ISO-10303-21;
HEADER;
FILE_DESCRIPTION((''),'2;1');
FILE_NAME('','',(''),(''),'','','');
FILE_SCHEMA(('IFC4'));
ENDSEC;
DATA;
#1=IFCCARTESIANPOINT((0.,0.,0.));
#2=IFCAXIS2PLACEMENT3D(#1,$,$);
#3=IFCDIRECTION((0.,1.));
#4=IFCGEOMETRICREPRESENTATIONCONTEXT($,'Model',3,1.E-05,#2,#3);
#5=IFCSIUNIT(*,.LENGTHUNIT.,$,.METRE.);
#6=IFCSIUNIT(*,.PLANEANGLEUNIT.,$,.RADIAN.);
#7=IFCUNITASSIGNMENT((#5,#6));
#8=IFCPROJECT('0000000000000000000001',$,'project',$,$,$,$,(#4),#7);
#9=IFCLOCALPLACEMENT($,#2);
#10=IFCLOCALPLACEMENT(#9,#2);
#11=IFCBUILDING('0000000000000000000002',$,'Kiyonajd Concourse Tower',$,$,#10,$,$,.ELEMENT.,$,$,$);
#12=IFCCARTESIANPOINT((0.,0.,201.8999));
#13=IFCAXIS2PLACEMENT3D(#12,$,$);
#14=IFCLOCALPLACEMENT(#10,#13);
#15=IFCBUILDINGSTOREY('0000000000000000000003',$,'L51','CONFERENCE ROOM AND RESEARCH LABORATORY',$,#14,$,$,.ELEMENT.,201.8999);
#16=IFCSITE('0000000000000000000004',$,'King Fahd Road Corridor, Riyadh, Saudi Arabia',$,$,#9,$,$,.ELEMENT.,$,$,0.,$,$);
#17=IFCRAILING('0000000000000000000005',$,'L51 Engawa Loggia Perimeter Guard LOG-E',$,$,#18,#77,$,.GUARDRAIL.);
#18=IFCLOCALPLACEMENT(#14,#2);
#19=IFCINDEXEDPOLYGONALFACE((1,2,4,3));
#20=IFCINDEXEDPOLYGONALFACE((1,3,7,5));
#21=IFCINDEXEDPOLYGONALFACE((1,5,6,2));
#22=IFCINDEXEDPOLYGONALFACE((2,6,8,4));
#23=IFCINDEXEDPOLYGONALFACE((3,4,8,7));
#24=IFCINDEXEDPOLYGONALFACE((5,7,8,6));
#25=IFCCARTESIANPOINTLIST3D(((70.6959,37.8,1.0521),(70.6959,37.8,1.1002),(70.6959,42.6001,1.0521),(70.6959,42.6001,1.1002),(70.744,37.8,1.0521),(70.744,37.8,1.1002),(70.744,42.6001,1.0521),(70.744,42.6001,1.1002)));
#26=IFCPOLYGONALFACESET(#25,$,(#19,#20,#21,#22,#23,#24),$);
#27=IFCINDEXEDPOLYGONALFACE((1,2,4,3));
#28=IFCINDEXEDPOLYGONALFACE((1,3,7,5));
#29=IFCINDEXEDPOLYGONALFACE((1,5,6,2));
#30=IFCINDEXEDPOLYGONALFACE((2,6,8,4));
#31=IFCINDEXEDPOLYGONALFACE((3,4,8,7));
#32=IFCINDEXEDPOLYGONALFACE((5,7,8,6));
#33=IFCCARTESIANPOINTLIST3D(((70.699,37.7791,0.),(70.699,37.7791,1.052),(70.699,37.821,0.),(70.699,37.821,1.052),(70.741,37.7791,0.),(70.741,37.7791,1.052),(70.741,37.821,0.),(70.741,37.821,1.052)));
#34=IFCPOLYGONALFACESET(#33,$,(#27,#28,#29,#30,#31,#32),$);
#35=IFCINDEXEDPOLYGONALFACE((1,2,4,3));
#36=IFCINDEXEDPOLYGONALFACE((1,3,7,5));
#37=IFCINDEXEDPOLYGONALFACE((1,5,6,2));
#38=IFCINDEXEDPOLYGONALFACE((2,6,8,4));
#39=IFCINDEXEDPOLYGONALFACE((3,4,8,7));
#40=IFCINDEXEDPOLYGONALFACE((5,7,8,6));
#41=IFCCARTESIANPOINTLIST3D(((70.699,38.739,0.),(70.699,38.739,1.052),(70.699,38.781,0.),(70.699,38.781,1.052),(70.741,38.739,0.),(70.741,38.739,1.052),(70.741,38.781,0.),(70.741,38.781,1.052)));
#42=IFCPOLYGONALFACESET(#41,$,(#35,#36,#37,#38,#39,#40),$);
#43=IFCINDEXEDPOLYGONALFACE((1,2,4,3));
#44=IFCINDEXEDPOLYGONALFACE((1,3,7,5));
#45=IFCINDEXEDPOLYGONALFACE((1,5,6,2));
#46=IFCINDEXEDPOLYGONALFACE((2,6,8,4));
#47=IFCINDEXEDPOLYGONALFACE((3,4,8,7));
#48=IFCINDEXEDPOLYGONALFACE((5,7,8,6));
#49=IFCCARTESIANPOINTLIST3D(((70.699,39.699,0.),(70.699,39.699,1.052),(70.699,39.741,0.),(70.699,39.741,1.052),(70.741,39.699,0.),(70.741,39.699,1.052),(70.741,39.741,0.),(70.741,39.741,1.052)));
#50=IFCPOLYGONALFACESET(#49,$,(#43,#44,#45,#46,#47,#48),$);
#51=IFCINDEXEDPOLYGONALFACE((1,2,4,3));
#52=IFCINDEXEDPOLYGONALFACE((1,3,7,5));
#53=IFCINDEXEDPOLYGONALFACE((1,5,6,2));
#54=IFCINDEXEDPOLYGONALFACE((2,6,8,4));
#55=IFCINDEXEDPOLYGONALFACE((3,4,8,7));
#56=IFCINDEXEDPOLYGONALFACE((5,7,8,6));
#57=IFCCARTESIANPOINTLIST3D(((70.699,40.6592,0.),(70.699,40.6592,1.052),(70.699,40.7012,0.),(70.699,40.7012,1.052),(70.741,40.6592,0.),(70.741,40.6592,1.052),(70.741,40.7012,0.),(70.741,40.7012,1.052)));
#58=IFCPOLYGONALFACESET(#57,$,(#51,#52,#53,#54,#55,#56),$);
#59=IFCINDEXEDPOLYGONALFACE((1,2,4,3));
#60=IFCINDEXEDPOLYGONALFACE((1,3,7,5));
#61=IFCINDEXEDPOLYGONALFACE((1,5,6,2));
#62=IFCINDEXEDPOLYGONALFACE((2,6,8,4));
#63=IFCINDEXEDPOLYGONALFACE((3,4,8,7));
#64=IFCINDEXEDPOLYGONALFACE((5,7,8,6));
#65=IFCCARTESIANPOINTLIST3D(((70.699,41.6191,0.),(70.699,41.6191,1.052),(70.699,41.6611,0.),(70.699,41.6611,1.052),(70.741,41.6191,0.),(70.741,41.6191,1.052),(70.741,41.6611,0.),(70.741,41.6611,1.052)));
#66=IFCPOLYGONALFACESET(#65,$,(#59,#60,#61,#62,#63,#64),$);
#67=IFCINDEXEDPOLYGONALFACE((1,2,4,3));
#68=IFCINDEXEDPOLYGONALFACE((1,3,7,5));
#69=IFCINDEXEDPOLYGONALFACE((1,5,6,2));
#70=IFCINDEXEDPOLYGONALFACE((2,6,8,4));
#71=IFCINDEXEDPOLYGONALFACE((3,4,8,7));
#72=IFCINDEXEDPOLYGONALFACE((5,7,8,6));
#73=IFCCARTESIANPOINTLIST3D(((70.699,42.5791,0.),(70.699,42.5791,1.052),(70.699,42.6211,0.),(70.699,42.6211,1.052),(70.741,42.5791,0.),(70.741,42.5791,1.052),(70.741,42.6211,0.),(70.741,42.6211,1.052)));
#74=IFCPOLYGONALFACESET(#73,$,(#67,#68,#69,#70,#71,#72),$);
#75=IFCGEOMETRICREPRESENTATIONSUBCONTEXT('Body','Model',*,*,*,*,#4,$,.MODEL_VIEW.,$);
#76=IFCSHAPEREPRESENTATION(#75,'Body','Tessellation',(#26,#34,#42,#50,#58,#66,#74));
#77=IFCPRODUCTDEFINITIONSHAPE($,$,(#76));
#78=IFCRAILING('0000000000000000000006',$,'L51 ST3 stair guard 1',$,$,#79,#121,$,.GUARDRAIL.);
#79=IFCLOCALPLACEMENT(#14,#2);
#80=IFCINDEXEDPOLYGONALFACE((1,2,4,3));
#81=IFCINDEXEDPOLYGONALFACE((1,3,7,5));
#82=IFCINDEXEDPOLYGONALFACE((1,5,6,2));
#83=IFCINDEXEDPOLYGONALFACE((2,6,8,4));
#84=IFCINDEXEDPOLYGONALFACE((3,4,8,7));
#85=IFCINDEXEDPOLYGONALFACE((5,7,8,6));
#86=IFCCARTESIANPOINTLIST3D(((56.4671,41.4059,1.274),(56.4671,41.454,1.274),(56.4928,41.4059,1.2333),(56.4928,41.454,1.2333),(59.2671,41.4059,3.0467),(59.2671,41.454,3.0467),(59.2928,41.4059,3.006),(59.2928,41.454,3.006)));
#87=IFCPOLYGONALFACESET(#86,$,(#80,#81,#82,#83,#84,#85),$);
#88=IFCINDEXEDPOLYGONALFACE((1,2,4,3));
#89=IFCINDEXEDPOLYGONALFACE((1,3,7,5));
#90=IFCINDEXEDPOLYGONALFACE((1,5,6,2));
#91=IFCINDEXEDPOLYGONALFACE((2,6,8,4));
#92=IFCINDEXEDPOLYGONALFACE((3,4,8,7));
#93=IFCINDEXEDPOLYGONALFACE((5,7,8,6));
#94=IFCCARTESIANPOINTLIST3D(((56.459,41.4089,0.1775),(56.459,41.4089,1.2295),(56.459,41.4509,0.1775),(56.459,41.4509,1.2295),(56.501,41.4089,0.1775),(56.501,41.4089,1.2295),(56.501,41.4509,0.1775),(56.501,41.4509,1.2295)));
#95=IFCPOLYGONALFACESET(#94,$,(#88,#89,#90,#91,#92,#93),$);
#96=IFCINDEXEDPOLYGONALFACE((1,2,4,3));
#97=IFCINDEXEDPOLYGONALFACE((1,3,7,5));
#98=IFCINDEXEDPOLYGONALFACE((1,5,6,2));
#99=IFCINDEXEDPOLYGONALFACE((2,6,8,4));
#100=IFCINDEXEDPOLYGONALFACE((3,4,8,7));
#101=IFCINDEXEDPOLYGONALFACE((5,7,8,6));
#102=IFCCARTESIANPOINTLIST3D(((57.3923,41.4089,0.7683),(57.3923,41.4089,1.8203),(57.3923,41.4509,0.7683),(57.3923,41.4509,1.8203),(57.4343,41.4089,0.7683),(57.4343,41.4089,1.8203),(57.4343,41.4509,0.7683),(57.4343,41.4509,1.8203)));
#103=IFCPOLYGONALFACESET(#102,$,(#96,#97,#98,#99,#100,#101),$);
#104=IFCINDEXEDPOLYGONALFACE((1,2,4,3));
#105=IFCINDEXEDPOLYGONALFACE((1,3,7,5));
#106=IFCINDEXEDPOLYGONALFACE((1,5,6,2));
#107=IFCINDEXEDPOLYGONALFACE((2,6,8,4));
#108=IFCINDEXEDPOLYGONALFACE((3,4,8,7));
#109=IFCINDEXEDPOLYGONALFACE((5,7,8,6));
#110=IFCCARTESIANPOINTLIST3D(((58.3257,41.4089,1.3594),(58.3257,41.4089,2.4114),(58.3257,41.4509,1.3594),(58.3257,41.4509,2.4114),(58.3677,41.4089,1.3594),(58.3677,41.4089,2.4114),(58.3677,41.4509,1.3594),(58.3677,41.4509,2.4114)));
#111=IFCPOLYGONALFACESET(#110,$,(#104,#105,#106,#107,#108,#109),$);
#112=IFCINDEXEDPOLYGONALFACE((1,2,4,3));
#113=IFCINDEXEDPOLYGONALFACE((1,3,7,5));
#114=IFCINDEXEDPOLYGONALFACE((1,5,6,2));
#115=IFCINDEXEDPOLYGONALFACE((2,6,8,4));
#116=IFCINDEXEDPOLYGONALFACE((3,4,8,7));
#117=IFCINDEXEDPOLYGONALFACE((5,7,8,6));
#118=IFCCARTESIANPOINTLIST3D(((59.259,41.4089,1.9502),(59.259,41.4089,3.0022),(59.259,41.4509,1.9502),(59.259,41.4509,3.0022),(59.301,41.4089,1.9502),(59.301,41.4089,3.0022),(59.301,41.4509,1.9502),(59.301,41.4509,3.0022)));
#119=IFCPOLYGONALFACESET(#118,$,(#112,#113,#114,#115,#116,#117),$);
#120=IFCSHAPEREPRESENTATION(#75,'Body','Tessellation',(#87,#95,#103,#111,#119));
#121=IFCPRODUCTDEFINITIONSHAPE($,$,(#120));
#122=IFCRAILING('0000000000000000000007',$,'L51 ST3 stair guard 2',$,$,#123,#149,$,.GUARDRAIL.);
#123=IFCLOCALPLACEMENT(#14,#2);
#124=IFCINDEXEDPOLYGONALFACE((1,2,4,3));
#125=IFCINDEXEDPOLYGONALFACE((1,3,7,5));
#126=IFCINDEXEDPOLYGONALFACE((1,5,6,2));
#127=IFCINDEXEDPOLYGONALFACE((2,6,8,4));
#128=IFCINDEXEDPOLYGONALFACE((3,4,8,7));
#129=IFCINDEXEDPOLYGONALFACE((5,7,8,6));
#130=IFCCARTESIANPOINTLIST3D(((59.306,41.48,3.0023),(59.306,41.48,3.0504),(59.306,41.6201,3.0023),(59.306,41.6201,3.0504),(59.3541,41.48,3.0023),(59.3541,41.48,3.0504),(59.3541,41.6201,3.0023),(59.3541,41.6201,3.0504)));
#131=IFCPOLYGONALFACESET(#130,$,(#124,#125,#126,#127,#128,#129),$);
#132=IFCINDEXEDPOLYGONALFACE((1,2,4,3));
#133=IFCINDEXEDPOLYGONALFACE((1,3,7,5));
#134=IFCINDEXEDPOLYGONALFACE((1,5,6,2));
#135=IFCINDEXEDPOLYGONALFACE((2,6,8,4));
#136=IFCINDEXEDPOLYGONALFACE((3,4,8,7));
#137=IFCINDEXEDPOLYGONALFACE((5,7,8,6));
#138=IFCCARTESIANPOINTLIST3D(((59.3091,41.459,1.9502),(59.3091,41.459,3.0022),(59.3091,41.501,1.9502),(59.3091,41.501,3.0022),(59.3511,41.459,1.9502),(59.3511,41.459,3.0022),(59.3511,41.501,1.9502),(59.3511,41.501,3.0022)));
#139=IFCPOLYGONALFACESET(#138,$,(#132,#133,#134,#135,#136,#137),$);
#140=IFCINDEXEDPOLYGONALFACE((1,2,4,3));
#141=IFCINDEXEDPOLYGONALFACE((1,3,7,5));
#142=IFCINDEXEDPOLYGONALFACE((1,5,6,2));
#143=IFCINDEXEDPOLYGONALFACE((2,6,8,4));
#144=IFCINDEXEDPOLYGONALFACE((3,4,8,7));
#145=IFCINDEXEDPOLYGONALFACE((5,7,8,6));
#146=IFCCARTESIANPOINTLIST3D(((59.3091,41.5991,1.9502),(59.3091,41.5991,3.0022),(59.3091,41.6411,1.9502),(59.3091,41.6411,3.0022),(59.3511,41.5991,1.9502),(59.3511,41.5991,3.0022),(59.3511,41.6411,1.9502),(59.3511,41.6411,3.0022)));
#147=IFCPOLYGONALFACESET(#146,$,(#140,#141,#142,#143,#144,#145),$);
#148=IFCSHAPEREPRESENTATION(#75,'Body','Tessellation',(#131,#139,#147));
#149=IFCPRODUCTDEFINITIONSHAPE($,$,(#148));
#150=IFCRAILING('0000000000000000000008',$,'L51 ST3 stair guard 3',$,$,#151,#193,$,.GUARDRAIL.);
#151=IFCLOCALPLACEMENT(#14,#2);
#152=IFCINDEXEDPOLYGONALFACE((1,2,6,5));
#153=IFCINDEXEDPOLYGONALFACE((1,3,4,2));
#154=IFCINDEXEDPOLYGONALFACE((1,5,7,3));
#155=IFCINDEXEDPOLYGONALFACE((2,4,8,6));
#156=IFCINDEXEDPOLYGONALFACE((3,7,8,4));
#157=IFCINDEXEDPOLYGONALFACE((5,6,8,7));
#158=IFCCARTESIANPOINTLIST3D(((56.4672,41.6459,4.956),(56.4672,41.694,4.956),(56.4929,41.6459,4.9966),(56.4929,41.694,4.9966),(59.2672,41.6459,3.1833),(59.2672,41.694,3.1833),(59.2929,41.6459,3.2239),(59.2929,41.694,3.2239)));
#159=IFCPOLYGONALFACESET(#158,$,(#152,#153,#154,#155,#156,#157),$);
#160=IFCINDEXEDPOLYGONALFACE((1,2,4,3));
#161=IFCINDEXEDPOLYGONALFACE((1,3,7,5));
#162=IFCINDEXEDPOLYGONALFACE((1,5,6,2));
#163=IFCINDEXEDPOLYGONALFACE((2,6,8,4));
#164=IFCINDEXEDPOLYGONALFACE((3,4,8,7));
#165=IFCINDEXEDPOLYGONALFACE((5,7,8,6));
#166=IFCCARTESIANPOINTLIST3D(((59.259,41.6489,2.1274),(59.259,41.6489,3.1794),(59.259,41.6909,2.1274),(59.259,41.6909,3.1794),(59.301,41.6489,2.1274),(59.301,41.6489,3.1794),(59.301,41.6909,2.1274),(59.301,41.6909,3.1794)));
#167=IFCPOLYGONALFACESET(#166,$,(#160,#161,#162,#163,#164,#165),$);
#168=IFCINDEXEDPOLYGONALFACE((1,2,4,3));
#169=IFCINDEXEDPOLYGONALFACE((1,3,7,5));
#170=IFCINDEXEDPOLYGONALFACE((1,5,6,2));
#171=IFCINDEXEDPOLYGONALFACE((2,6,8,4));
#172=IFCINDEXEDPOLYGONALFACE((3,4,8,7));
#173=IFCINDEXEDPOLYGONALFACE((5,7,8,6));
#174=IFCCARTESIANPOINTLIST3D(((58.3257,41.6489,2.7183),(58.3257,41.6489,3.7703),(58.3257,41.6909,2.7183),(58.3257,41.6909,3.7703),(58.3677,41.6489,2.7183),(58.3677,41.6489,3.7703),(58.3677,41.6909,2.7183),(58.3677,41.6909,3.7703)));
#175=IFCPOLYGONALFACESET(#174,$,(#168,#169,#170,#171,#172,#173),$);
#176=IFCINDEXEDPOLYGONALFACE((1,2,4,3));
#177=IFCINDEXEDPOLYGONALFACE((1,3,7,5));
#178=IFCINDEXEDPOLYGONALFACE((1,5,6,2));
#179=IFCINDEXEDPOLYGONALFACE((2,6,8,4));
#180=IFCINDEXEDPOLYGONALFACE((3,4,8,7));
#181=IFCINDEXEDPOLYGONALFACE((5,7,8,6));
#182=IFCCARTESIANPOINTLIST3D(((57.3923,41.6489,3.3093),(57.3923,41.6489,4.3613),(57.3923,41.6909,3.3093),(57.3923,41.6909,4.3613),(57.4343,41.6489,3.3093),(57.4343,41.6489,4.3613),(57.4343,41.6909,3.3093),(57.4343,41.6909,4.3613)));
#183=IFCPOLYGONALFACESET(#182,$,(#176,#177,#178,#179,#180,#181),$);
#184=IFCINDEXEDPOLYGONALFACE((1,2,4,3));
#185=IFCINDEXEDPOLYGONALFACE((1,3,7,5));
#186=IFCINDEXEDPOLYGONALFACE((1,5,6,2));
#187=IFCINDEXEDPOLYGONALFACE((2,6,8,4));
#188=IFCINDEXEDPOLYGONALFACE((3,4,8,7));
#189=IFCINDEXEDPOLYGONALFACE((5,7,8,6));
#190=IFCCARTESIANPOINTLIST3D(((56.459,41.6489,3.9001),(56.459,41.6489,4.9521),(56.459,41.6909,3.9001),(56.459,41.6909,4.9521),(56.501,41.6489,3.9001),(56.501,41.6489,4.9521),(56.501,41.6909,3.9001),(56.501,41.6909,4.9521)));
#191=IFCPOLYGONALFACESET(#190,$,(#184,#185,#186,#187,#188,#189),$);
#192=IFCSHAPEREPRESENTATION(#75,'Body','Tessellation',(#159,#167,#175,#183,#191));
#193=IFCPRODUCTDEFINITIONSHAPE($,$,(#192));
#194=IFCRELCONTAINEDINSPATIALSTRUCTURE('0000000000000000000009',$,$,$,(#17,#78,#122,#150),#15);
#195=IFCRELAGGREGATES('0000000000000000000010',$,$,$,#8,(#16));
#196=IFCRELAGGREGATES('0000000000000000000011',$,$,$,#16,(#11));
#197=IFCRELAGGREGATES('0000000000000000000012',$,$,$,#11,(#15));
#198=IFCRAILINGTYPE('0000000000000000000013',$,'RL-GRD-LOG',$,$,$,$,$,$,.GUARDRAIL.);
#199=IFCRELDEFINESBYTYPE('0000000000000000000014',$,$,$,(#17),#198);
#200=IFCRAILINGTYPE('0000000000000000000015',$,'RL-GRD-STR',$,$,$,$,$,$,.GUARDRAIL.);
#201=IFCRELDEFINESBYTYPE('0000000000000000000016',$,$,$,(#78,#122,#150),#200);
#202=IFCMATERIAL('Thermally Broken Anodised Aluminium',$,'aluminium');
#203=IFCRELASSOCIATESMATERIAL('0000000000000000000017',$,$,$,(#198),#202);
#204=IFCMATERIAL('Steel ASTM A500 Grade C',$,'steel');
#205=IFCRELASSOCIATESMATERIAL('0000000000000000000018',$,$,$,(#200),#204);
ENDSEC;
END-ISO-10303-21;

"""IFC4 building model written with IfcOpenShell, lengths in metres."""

from ifc_helpers import new_model, si_unit, direction, frame, origin, origin_2d, place, context, subcontext, project, spatial, rectangle, extrude, material, type_object, element, save


model = new_model("IFC4")

# Units and contexts
model_context = context("Model", 3, precision=1e-05, world=origin(), true_north=direction((0.0, 1.0)))
body_context = subcontext(model_context, "Body", "Model", "MODEL_VIEW")
ifc_project = project(units=[si_unit("LENGTHUNIT", "METRE"), si_unit("PLANEANGLEUNIT", "RADIAN")], contexts=[model_context])

# Site, building, storey
site_placement = place(None, origin())
site = spatial("IfcSite", under=ifc_project, at=site_placement, Name="King Fahd Road Corridor, Riyadh, Saudi Arabia", CompositionType="ELEMENT", RefElevation=0.0)
building_placement = place(site_placement, origin())
building = spatial("IfcBuilding", under=site, at=building_placement, Name="Kiyonajd Concourse Tower", CompositionType="ELEMENT")
storey_placement = place(building_placement, frame((0.0, 0.0, 201.8999)))
storey = spatial("IfcBuildingStorey", under=building, at=storey_placement, Name="L51", Description="CONFERENCE ROOM AND RESEARCH LABORATORY", CompositionType="ELEMENT", Elevation=201.8999)

# Shared definitions
ifc_material_1 = material(Name="Thermally Broken Anodised Aluminium", Category="aluminium")

# Railings
railing_type_1 = type_object("IfcRailingType", Name="RL-GRD-LOG", PredefinedType="GUARDRAIL", material=ifc_material_1)
railing_1_placement = place(storey_placement, frame((70.72, 37.8, 0.0)))
element("IfcRailing", 1, at=railing_1_placement, inside=storey, type_object=railing_type_1, Name="L51 Engawa Loggia Perimeter Guard LOG-E", PredefinedType="GUARDRAIL", context=body_context, shape_type="SweptSolid", body=[
    extrude(rectangle(XDim=0.0481, YDim=0.0481, at=origin_2d()), frame((0.0, 0.0, 1.0762), z_axis=(0.0, 1.0, 0.0), x_axis=(-1.0, 0.0, 0.0)), (0.0, 0.0, 1.0), 4.8),
    extrude(rectangle(XDim=0.042, YDim=0.042, at=origin_2d()), origin(), (0.0, 0.0, 1.0), 1.052),
    extrude(rectangle(XDim=0.042, YDim=0.042, at=origin_2d()), frame((0.0, 0.96, 0.0)), (0.0, 0.0, 1.0), 1.052),
    extrude(rectangle(XDim=0.042, YDim=0.042, at=origin_2d()), frame((0.0, 1.9199, 0.0)), (0.0, 0.0, 1.0), 1.052),
    extrude(rectangle(XDim=0.042, YDim=0.042, at=origin_2d()), frame((0.0, 2.8801, 0.0)), (0.0, 0.0, 1.0), 1.052),
    extrude(rectangle(XDim=0.042, YDim=0.042, at=origin_2d()), frame((0.0, 3.8401, 0.0)), (0.0, 0.0, 1.0), 1.052),
    extrude(rectangle(XDim=0.042, YDim=0.042, at=origin_2d()), frame((0.0, 4.8, 0.0)), (0.0, 0.0, 1.0), 1.052),
])
ifc_material_2 = material(Name="Steel ASTM A500 Grade C", Category="steel")
railing_type_2 = type_object("IfcRailingType", Name="RL-GRD-STR", PredefinedType="GUARDRAIL", material=ifc_material_2)
railing_2_placement = place(storey_placement, frame((56.48, 41.4299, 0.1775)))
element("IfcRailing", 2, at=railing_2_placement, inside=storey, type_object=railing_type_2, Name="L51 ST3 stair guard 1", PredefinedType="GUARDRAIL", context=body_context, shape_type="SweptSolid", body=[
    extrude(rectangle(XDim=0.0481, YDim=0.0481, at=origin_2d()), frame((0.0, 0.0, 1.0762), z_axis=(0.844909, 0.0, 0.53491), x_axis=(0.0, 1.0, 0.0)), (0.0, 0.0, 1.0), 3.314),
    extrude(rectangle(XDim=0.042, YDim=0.042, at=origin_2d()), origin(), (0.0, 0.0, 1.0), 1.052),
    extrude(rectangle(XDim=0.042, YDim=0.042, at=origin_2d()), frame((0.9333, 0.0, 0.5908)), (0.0, 0.0, 1.0), 1.052),
    extrude(rectangle(XDim=0.042, YDim=0.042, at=origin_2d()), frame((1.8667, 0.0, 1.1819)), (0.0, 0.0, 1.0), 1.052),
    extrude(rectangle(XDim=0.042, YDim=0.042, at=origin_2d()), frame((2.8, 0.0, 1.7727)), (0.0, 0.0, 1.0), 1.052),
])
railing_3_placement = place(storey_placement, frame((59.3301, 41.48, 1.9502)))
element("IfcRailing", 3, at=railing_3_placement, inside=storey, type_object=railing_type_2, Name="L51 ST3 stair guard 2", PredefinedType="GUARDRAIL", context=body_context, shape_type="SweptSolid", body=[
    extrude(rectangle(XDim=0.0481, YDim=0.0481, at=origin_2d()), frame((0.0, 0.0, 1.0762), z_axis=(0.0, 1.0, 0.0), x_axis=(-1.0, 0.0, 0.0)), (0.0, 0.0, 1.0), 0.1401),
    extrude(rectangle(XDim=0.042, YDim=0.042, at=origin_2d()), origin(), (0.0, 0.0, 1.0), 1.052),
    extrude(rectangle(XDim=0.042, YDim=0.042, at=origin_2d()), frame((0.0, 0.1401, 0.0)), (0.0, 0.0, 1.0), 1.052),
])
railing_4_placement = place(storey_placement, frame((59.28, 41.6699, 2.1274)))
element("IfcRailing", 4, at=railing_4_placement, inside=storey, type_object=railing_type_2, Name="L51 ST3 stair guard 3", PredefinedType="GUARDRAIL", context=body_context, shape_type="SweptSolid", body=[
    extrude(rectangle(XDim=0.0481, YDim=0.0481, at=origin_2d()), frame((0.0, 0.0, 1.0762), z_axis=(-0.844909, 0.0, 0.53491), x_axis=(0.0, -1.0, 0.0)), (0.0, 0.0, 1.0), 3.314),
    extrude(rectangle(XDim=0.042, YDim=0.042, at=origin_2d()), origin(), (0.0, 0.0, 1.0), 1.052),
    extrude(rectangle(XDim=0.042, YDim=0.042, at=origin_2d()), frame((-0.9333, 0.0, 0.5908)), (0.0, 0.0, 1.0), 1.052),
    extrude(rectangle(XDim=0.042, YDim=0.042, at=origin_2d()), frame((-1.8667, 0.0, 1.1819)), (0.0, 0.0, 1.0), 1.052),
    extrude(rectangle(XDim=0.042, YDim=0.042, at=origin_2d()), frame((-2.8, 0.0, 1.7727)), (0.0, 0.0, 1.0), 1.052),
])

save(model, "model.ifc")
